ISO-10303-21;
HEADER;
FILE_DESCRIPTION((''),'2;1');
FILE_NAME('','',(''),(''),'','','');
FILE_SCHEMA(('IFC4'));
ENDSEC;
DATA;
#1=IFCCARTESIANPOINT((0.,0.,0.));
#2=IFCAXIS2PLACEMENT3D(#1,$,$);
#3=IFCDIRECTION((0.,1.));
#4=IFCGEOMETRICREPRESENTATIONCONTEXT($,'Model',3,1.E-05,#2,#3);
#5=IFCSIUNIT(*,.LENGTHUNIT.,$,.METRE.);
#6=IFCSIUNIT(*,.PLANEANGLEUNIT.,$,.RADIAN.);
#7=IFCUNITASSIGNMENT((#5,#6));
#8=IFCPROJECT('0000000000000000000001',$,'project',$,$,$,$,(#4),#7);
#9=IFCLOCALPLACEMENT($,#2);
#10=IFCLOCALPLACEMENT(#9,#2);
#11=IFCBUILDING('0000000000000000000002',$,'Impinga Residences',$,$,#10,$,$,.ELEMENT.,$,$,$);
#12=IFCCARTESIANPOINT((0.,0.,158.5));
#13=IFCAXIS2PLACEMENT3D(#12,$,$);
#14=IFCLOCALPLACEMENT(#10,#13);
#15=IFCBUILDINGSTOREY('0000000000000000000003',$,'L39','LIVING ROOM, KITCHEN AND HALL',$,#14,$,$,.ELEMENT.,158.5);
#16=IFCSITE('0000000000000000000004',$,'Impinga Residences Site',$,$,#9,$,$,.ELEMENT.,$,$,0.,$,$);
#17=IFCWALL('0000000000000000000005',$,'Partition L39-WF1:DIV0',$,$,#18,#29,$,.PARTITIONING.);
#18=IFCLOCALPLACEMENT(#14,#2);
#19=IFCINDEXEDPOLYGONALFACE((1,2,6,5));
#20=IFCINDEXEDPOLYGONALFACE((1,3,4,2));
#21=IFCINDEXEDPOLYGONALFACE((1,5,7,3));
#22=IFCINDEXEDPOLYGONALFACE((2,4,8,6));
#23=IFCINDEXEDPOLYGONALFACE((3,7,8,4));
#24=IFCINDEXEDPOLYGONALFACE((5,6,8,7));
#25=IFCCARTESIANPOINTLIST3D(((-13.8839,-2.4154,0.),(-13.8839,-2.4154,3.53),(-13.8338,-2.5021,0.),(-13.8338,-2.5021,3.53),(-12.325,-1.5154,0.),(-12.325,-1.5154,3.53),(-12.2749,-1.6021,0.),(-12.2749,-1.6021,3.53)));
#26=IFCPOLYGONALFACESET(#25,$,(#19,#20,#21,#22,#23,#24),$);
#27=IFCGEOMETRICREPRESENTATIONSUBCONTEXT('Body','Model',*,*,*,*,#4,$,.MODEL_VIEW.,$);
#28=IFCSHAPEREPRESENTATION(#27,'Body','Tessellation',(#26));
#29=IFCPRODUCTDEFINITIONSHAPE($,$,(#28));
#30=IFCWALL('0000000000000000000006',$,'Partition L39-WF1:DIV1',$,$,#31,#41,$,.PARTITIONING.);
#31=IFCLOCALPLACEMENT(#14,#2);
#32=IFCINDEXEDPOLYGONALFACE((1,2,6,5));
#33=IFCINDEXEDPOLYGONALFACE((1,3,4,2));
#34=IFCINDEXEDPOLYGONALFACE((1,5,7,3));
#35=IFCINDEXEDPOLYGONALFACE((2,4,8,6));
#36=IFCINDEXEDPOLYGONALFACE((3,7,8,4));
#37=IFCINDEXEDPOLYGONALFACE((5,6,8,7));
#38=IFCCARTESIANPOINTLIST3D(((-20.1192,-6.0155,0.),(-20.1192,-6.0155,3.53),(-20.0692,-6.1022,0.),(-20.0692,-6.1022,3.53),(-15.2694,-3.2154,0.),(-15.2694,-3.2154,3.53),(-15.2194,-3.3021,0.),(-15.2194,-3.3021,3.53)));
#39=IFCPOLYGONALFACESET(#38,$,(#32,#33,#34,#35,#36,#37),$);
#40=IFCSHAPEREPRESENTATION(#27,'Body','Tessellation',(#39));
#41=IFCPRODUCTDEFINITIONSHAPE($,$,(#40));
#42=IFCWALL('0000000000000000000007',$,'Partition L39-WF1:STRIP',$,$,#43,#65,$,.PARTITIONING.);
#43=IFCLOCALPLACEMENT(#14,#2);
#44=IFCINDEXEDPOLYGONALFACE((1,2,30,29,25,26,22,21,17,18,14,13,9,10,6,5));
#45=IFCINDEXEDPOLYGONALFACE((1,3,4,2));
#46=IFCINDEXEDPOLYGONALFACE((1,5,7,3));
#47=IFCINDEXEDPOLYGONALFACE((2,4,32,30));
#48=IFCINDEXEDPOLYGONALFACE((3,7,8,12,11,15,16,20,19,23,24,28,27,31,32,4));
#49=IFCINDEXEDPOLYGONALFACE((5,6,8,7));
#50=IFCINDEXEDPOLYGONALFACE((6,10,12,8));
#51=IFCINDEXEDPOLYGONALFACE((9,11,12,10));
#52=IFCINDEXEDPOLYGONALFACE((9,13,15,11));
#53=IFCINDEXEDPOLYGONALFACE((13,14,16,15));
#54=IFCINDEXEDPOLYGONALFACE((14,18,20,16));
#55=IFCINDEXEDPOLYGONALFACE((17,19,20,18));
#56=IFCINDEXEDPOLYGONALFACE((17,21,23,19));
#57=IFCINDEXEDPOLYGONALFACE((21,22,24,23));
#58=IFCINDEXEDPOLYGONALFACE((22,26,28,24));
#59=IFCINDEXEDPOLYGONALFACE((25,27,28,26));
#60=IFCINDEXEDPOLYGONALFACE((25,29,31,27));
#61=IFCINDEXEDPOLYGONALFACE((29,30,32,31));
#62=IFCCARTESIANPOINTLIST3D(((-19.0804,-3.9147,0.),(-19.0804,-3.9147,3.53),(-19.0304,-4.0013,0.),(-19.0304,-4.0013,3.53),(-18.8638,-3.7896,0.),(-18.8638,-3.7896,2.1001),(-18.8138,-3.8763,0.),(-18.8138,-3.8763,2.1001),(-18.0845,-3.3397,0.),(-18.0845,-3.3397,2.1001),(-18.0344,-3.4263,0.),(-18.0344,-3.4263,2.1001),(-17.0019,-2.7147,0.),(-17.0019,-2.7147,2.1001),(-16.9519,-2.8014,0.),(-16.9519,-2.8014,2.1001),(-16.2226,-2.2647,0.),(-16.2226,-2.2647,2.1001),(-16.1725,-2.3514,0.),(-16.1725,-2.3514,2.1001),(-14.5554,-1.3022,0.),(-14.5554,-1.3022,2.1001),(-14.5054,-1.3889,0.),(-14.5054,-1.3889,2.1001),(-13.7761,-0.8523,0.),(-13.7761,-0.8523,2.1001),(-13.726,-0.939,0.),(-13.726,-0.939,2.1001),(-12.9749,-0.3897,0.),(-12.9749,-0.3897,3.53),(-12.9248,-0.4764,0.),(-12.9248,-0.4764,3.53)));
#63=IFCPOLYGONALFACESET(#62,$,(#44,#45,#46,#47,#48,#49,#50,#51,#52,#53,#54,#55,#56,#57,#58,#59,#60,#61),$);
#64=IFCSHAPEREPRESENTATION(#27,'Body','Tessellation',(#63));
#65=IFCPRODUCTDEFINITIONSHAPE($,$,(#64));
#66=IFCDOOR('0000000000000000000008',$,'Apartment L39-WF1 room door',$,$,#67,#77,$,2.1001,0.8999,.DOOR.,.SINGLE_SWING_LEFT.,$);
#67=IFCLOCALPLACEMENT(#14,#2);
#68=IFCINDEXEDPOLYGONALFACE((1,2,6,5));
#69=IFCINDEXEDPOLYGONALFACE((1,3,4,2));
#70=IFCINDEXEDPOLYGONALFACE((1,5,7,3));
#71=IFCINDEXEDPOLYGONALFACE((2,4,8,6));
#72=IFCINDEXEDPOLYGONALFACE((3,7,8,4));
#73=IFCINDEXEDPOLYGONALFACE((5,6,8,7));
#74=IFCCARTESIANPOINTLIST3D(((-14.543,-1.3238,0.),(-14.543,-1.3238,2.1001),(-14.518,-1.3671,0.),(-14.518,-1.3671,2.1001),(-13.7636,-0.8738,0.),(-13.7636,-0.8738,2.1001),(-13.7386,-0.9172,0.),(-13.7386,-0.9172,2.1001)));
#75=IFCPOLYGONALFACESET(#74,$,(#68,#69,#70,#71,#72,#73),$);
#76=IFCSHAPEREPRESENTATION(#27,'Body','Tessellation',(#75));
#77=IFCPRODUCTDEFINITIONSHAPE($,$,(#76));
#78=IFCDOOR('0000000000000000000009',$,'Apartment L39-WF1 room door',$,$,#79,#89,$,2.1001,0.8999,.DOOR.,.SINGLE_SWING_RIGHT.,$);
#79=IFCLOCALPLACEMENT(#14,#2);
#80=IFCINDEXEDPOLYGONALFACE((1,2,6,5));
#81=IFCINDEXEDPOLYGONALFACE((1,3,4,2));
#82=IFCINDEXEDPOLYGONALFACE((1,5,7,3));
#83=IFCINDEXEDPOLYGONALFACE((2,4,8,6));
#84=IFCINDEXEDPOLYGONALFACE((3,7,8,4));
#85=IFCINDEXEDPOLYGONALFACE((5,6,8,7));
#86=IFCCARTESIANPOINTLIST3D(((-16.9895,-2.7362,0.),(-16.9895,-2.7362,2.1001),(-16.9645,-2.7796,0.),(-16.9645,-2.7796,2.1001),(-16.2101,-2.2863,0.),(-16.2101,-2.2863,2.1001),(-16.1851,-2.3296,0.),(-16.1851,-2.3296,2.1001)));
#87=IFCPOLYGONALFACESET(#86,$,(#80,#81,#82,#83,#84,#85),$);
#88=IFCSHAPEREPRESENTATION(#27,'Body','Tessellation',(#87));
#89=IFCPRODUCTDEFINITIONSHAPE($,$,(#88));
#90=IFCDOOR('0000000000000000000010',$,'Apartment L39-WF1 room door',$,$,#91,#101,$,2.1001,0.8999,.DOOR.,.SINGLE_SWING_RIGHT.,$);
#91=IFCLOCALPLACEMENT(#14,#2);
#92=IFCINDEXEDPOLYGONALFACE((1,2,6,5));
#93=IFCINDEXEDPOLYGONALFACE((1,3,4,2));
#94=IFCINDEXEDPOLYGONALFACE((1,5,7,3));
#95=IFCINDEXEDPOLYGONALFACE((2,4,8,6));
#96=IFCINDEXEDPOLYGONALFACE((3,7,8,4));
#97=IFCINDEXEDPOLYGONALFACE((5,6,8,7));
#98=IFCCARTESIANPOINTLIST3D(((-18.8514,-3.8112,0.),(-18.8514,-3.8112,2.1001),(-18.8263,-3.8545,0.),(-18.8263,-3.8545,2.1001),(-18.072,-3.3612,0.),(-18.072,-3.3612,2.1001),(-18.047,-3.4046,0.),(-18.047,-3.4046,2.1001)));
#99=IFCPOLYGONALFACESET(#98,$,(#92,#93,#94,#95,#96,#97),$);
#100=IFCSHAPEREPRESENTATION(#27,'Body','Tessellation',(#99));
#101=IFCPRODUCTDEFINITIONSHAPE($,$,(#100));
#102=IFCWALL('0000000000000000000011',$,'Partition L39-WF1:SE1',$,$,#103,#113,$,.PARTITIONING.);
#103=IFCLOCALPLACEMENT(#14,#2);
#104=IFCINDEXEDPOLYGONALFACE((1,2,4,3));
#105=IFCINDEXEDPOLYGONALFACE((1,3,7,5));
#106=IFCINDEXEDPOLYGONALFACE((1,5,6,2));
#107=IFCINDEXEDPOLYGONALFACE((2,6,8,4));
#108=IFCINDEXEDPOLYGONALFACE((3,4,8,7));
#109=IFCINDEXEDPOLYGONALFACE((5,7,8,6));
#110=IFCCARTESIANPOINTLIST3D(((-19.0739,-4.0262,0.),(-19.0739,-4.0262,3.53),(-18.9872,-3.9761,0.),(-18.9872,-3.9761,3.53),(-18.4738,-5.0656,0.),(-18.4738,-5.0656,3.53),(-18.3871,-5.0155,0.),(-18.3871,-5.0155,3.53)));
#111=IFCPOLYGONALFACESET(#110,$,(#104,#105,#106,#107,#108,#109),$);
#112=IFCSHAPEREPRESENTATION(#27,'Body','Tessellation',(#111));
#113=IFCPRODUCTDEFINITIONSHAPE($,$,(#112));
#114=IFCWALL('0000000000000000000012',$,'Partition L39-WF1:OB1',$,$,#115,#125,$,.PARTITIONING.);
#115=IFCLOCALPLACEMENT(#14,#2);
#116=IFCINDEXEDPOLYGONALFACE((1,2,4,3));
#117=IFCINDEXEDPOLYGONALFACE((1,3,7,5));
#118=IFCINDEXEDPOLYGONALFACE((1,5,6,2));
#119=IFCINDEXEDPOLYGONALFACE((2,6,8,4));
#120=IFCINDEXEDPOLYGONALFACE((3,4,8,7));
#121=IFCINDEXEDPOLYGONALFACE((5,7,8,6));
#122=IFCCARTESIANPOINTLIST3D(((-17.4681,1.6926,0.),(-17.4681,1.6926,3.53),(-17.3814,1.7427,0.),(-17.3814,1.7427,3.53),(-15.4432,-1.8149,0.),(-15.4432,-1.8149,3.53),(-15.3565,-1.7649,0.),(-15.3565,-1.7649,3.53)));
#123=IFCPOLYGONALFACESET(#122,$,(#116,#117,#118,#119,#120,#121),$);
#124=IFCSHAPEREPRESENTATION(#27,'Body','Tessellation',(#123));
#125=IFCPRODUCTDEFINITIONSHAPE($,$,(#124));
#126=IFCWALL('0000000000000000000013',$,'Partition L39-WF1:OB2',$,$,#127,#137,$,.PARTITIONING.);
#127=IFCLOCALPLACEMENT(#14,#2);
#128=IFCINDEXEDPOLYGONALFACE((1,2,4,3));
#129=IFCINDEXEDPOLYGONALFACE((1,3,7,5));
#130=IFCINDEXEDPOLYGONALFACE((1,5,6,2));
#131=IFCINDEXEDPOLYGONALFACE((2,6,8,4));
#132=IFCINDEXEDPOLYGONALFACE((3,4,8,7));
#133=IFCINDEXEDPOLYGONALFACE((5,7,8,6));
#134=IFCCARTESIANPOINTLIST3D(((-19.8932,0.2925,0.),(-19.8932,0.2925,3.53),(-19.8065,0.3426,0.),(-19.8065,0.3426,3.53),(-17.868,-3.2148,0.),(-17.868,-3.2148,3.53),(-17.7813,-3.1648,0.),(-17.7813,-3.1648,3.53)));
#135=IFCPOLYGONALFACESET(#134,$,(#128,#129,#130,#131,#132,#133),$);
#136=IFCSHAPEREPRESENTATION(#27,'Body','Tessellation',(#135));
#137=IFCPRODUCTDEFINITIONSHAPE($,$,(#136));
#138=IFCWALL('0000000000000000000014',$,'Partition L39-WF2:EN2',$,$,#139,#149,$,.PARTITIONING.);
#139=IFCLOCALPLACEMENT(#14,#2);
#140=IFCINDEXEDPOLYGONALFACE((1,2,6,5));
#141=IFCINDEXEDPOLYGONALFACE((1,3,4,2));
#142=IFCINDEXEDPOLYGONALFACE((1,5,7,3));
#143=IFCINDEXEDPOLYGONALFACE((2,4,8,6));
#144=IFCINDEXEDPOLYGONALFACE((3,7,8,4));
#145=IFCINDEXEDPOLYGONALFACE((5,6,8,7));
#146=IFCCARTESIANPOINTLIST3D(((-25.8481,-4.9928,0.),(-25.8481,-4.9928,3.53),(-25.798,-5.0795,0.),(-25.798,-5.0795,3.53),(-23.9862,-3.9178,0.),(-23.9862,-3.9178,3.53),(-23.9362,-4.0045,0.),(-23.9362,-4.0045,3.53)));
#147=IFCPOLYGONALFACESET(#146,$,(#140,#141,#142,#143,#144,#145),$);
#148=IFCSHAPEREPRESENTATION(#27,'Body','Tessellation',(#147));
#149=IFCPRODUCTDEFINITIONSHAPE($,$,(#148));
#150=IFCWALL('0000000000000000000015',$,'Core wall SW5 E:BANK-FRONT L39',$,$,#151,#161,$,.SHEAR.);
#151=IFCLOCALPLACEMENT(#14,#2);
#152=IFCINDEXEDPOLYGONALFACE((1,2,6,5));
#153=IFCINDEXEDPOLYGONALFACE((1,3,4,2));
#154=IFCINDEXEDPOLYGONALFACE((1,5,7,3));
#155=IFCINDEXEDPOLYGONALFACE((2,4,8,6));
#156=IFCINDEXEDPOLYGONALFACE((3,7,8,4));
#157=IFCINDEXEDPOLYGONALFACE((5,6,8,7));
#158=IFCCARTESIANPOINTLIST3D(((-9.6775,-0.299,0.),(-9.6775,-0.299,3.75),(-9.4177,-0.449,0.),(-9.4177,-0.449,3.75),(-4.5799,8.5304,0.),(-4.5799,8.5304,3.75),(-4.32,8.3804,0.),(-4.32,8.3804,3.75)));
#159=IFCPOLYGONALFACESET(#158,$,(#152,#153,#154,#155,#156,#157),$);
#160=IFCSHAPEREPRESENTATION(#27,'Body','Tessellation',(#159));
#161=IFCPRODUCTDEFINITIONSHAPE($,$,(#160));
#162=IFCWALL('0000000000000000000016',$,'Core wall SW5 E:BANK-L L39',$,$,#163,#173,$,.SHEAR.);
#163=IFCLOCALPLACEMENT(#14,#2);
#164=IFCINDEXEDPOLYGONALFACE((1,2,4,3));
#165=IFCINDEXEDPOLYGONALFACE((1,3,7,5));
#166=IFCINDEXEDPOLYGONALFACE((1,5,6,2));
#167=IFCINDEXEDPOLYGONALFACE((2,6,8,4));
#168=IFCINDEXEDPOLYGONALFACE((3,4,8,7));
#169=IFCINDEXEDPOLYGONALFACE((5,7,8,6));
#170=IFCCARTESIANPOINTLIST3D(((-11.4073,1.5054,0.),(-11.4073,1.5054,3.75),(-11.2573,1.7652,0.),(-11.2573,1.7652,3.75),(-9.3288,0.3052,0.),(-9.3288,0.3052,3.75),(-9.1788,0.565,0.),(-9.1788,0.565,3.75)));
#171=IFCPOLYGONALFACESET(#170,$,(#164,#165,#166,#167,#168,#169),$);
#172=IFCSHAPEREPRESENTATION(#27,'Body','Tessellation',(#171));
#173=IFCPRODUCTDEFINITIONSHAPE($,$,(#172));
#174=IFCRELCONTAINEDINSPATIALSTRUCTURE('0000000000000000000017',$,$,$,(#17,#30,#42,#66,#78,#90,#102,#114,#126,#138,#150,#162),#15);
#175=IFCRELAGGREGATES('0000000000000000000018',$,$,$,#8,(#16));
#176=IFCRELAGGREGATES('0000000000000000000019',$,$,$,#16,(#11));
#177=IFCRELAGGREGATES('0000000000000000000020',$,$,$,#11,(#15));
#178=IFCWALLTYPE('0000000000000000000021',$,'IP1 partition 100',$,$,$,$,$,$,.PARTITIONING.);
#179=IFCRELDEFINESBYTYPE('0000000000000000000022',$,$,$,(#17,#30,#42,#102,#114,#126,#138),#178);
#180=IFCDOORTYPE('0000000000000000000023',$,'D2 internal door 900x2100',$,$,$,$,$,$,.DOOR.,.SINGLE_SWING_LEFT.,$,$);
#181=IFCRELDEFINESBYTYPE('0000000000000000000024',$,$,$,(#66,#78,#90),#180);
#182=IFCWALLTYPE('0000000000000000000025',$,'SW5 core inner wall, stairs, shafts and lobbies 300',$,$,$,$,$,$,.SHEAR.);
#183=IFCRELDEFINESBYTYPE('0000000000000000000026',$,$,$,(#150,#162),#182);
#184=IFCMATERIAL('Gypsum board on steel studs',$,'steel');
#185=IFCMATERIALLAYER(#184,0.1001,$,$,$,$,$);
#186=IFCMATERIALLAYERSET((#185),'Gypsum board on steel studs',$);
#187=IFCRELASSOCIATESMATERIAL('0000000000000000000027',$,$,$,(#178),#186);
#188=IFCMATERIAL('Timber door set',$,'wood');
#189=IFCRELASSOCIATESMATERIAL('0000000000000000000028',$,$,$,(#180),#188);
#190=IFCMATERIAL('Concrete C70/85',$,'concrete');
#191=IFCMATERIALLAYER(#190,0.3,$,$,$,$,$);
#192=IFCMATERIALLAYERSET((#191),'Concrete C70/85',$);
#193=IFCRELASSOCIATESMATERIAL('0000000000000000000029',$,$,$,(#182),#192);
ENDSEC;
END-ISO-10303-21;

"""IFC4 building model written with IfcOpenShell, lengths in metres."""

from ifc_helpers import new_model, si_unit, direction, frame, frame_2d, origin, place, context, subcontext, project, spatial, rectangle, extrude, material, layer, layer_set, type_object, element, fill, save


model = new_model("IFC4")

# Units and contexts
model_context = context("Model", 3, precision=1e-05, world=origin(), true_north=direction((0.0, 1.0)))
body_context = subcontext(model_context, "Body", "Model", "MODEL_VIEW")
ifc_project = project(units=[si_unit("LENGTHUNIT", "METRE"), si_unit("PLANEANGLEUNIT", "RADIAN")], contexts=[model_context])

# Site, building, storey
site_placement = place(None, origin())
site = spatial("IfcSite", under=ifc_project, at=site_placement, Name="Impinga Residences Site", CompositionType="ELEMENT", RefElevation=0.0)
building_placement = place(site_placement, origin())
building = spatial("IfcBuilding", under=site, at=building_placement, Name="Impinga Residences", CompositionType="ELEMENT")
storey_placement = place(building_placement, frame((0.0, 0.0, 158.5)))
storey = spatial("IfcBuildingStorey", under=building, at=storey_placement, Name="L39", Description="LIVING ROOM, KITCHEN AND HALL", CompositionType="ELEMENT", Elevation=158.5)

# Shared definitions
ifc_material_1 = material(Name="Timber door set", Category="wood")

# Walls
ifc_material_2 = material(Name="Gypsum board on steel studs", Category="steel")
ifc_layer_1 = layer(ifc_material_2, 0.1001)
ifc_layer_set_1 = layer_set([ifc_layer_1], Name="Gypsum board on steel studs")
wall_type_1 = type_object("IfcWallType", Name="IP1 partition 100", PredefinedType="PARTITIONING", material=ifc_layer_set_1)
wall_1_placement = place(storey_placement, frame((-12.3, -1.5588, 0.0), z_axis=(0.0, 0.0, 1.0), x_axis=(-0.866048, -0.499961, 0.0)))
element("IfcWall", 1, at=wall_1_placement, inside=storey, type_object=wall_type_1, Name="Partition L39-WF1:DIV0", PredefinedType="PARTITIONING", context=body_context, shape_type="SweptSolid", body=[
    extrude(rectangle(XDim=1.8, YDim=0.1001, at=frame_2d((0.8999, 0.0))), origin(), (0.0, 0.0, 1.0), 3.53),
])
wall_2_placement = place(storey_placement, frame((-15.2444, -3.2588, 0.0), z_axis=(0.0, 0.0, 1.0), x_axis=(-0.866027, -0.499998, 0.0)))
element("IfcWall", 2, at=wall_2_placement, inside=storey, type_object=wall_type_1, Name="Partition L39-WF1:DIV1", PredefinedType="PARTITIONING", context=body_context, shape_type="SweptSolid", body=[
    extrude(rectangle(XDim=5.6001, YDim=0.1001, at=frame_2d((2.8, 0.0))), origin(), (0.0, 0.0, 1.0), 3.53),
])

# Wall, openings, doors
wall_3_placement = place(storey_placement, frame((-12.95, -0.4331, 0.0), z_axis=(0.0, 0.0, 1.0), x_axis=(-0.866031, -0.49999, 0.0)))
wall_3 = element("IfcWall", 3, at=wall_3_placement, inside=storey, type_object=wall_type_1, Name="Partition L39-WF1:STRIP", PredefinedType="PARTITIONING", context=body_context, shape_type="SweptSolid", body=[
    extrude(rectangle(XDim=7.05, YDim=0.1001, at=frame_2d((3.5249, 0.0))), origin(), (0.0, 0.0, 1.0), 3.53),
])
opening_1_placement = place(wall_3_placement, frame((0.925, 0.0, 0.0)))
opening_1 = element("IfcOpeningElement", 4, at=opening_1_placement, cuts=wall_3, PredefinedType="OPENING", context=body_context, shape_type="SweptSolid", body=[
    extrude(rectangle(XDim=0.8999, YDim=2.1001, at=frame_2d((0.45, 1.05))), frame((0.0, 0.0601, 0.0), z_axis=(0.0, -1.0, 0.0), x_axis=(1.0, 0.0, 0.0)), (0.0, 0.0, 1.0), 0.1201),
])
opening_2_placement = place(wall_3_placement, frame((3.75, 0.0, 0.0)))
opening_2 = element("IfcOpeningElement", 5, at=opening_2_placement, cuts=wall_3, PredefinedType="OPENING", context=body_context, shape_type="SweptSolid", body=[
    extrude(rectangle(XDim=0.8999, YDim=2.1001, at=frame_2d((0.45, 1.05))), frame((0.0, 0.0601, 0.0), z_axis=(0.0, -1.0, 0.0), x_axis=(1.0, 0.0, 0.0)), (0.0, 0.0, 1.0), 0.1201),
])
opening_3_placement = place(wall_3_placement, frame((5.8999, 0.0, 0.0)))
opening_3 = element("IfcOpeningElement", 6, at=opening_3_placement, cuts=wall_3, PredefinedType="OPENING", context=body_context, shape_type="SweptSolid", body=[
    extrude(rectangle(XDim=0.8999, YDim=2.1001, at=frame_2d((0.45, 1.05))), frame((0.0, 0.0601, 0.0), z_axis=(0.0, -1.0, 0.0), x_axis=(1.0, 0.0, 0.0)), (0.0, 0.0, 1.0), 0.1201),
])
door_type_1 = type_object("IfcDoorType", Name="D2 internal door 900x2100", OperationType="SINGLE_SWING_LEFT", PredefinedType="DOOR", material=ifc_material_1)
door_1_placement = place(opening_1_placement, origin())
door_1 = element("IfcDoor", 7, at=door_1_placement, inside=storey, type_object=door_type_1, Name="Apartment L39-WF1 room door", OperationType="SINGLE_SWING_LEFT", OverallHeight=2.1001, OverallWidth=0.8999, PredefinedType="DOOR", context=body_context, shape_type="SweptSolid", body=[
    extrude(rectangle(XDim=0.8999, YDim=2.1001, at=frame_2d((0.45, 1.05))), frame((0.0, 0.0249, 0.0), z_axis=(0.0, -1.0, 0.0), x_axis=(1.0, 0.0, 0.0)), (0.0, 0.0, 1.0), 0.05),
])
fill(opening_1, door_1)
door_2_placement = place(opening_2_placement, origin())
door_2 = element("IfcDoor", 8, at=door_2_placement, inside=storey, type_object=door_type_1, Name="Apartment L39-WF1 room door", OperationType="SINGLE_SWING_RIGHT", OverallHeight=2.1001, OverallWidth=0.8999, PredefinedType="DOOR", context=body_context, shape_type="SweptSolid", body=[
    extrude(rectangle(XDim=0.8999, YDim=2.1001, at=frame_2d((0.45, 1.05))), frame((0.0, 0.0249, 0.0), z_axis=(0.0, -1.0, 0.0), x_axis=(1.0, 0.0, 0.0)), (0.0, 0.0, 1.0), 0.05),
])
fill(opening_2, door_2)
door_3_placement = place(opening_3_placement, origin())
door_3 = element("IfcDoor", 9, at=door_3_placement, inside=storey, type_object=door_type_1, Name="Apartment L39-WF1 room door", OperationType="SINGLE_SWING_RIGHT", OverallHeight=2.1001, OverallWidth=0.8999, PredefinedType="DOOR", context=body_context, shape_type="SweptSolid", body=[
    extrude(rectangle(XDim=0.8999, YDim=2.1001, at=frame_2d((0.45, 1.05))), frame((0.0, 0.0249, 0.0), z_axis=(0.0, -1.0, 0.0), x_axis=(1.0, 0.0, 0.0)), (0.0, 0.0, 1.0), 0.05),
])
fill(opening_3, door_3)

# Walls
wall_4_placement = place(storey_placement, frame((-18.4304, -5.0405, 0.0), z_axis=(0.0, 0.0, 1.0), x_axis=(-0.500034, 0.866006, 0.0)))
element("IfcWall", 10, at=wall_4_placement, inside=storey, type_object=wall_type_1, Name="Partition L39-WF1:SE1", PredefinedType="PARTITIONING", context=body_context, shape_type="SweptSolid", body=[
    extrude(rectangle(XDim=1.2002, YDim=0.1001, at=frame_2d((0.6001, 0.0))), origin(), (0.0, 0.0, 1.0), 3.53),
])
for number, where, z_axis, x_axis, name in (
    (11, (-15.3999, -1.7898, 0.0), (0.0, 0.0, 1.0), (-0.499964, 0.866046, 0.0), "Partition L39-WF1:OB1"),
    (12, (-17.8247, -3.1897, 0.0), (0.0, 0.0, 1.0), (-0.500036, 0.866005, 0.0), "Partition L39-WF1:OB2"),
):
    element("IfcWall", number, at=place(storey_placement, frame(where, z_axis=z_axis, x_axis=x_axis)), inside=storey, type_object=wall_type_1, Name=name, PredefinedType="PARTITIONING", context=body_context, shape_type="SweptSolid", body=[
        extrude(rectangle(XDim=4.05, YDim=0.1001, at=frame_2d((2.0249, 0.0))), origin(), (0.0, 0.0, 1.0), 3.53),
    ])
wall_5_placement = place(storey_placement, frame((-23.9612, -3.9612, 0.0), z_axis=(0.0, 0.0, 1.0), x_axis=(-0.866019, -0.500011, 0.0)))
element("IfcWall", 13, at=wall_5_placement, inside=storey, type_object=wall_type_1, Name="Partition L39-WF2:EN2", PredefinedType="PARTITIONING", context=body_context, shape_type="SweptSolid", body=[
    extrude(rectangle(XDim=2.1499, YDim=0.1001, at=frame_2d((1.075, 0.0))), origin(), (0.0, 0.0, 1.0), 3.53),
])
ifc_material_3 = material(Name="Concrete C70/85", Category="concrete")
ifc_layer_2 = layer(ifc_material_3, 0.3)
ifc_layer_set_2 = layer_set([ifc_layer_2], Name="Concrete C70/85")
wall_type_2 = type_object("IfcWallType", Name="SW5 core inner wall, stairs, shafts and lobbies 300", PredefinedType="SHEAR", material=ifc_layer_set_2)
wall_6_placement = place(storey_placement, frame((-9.5476, -0.374, 0.0), z_axis=(0.0, 0.0, 1.0), x_axis=(0.500002, 0.866024, 0.0)))
element("IfcWall", 14, at=wall_6_placement, inside=storey, type_object=wall_type_2, Name="Core wall SW5 E:BANK-FRONT L39", PredefinedType="SHEAR", context=body_context, shape_type="SweptSolid", body=[
    extrude(rectangle(XDim=10.1953, YDim=0.3, at=frame_2d((5.0977, 0.0))), origin(), (0.0, 0.0, 1.0), 3.75),
])
wall_7_placement = place(storey_placement, frame((-9.2537, 0.4351, 0.0), z_axis=(0.0, 0.0, 1.0), x_axis=(-0.866006, 0.500034, 0.0)))
element("IfcWall", 15, at=wall_7_placement, inside=storey, type_object=wall_type_2, Name="Core wall SW5 E:BANK-L L39", PredefinedType="SHEAR", context=body_context, shape_type="SweptSolid", body=[
    extrude(rectangle(XDim=2.4001, YDim=0.3, at=frame_2d((1.2002, 0.0))), origin(), (0.0, 0.0, 1.0), 3.75),
])

save(model, "model.ifc")
